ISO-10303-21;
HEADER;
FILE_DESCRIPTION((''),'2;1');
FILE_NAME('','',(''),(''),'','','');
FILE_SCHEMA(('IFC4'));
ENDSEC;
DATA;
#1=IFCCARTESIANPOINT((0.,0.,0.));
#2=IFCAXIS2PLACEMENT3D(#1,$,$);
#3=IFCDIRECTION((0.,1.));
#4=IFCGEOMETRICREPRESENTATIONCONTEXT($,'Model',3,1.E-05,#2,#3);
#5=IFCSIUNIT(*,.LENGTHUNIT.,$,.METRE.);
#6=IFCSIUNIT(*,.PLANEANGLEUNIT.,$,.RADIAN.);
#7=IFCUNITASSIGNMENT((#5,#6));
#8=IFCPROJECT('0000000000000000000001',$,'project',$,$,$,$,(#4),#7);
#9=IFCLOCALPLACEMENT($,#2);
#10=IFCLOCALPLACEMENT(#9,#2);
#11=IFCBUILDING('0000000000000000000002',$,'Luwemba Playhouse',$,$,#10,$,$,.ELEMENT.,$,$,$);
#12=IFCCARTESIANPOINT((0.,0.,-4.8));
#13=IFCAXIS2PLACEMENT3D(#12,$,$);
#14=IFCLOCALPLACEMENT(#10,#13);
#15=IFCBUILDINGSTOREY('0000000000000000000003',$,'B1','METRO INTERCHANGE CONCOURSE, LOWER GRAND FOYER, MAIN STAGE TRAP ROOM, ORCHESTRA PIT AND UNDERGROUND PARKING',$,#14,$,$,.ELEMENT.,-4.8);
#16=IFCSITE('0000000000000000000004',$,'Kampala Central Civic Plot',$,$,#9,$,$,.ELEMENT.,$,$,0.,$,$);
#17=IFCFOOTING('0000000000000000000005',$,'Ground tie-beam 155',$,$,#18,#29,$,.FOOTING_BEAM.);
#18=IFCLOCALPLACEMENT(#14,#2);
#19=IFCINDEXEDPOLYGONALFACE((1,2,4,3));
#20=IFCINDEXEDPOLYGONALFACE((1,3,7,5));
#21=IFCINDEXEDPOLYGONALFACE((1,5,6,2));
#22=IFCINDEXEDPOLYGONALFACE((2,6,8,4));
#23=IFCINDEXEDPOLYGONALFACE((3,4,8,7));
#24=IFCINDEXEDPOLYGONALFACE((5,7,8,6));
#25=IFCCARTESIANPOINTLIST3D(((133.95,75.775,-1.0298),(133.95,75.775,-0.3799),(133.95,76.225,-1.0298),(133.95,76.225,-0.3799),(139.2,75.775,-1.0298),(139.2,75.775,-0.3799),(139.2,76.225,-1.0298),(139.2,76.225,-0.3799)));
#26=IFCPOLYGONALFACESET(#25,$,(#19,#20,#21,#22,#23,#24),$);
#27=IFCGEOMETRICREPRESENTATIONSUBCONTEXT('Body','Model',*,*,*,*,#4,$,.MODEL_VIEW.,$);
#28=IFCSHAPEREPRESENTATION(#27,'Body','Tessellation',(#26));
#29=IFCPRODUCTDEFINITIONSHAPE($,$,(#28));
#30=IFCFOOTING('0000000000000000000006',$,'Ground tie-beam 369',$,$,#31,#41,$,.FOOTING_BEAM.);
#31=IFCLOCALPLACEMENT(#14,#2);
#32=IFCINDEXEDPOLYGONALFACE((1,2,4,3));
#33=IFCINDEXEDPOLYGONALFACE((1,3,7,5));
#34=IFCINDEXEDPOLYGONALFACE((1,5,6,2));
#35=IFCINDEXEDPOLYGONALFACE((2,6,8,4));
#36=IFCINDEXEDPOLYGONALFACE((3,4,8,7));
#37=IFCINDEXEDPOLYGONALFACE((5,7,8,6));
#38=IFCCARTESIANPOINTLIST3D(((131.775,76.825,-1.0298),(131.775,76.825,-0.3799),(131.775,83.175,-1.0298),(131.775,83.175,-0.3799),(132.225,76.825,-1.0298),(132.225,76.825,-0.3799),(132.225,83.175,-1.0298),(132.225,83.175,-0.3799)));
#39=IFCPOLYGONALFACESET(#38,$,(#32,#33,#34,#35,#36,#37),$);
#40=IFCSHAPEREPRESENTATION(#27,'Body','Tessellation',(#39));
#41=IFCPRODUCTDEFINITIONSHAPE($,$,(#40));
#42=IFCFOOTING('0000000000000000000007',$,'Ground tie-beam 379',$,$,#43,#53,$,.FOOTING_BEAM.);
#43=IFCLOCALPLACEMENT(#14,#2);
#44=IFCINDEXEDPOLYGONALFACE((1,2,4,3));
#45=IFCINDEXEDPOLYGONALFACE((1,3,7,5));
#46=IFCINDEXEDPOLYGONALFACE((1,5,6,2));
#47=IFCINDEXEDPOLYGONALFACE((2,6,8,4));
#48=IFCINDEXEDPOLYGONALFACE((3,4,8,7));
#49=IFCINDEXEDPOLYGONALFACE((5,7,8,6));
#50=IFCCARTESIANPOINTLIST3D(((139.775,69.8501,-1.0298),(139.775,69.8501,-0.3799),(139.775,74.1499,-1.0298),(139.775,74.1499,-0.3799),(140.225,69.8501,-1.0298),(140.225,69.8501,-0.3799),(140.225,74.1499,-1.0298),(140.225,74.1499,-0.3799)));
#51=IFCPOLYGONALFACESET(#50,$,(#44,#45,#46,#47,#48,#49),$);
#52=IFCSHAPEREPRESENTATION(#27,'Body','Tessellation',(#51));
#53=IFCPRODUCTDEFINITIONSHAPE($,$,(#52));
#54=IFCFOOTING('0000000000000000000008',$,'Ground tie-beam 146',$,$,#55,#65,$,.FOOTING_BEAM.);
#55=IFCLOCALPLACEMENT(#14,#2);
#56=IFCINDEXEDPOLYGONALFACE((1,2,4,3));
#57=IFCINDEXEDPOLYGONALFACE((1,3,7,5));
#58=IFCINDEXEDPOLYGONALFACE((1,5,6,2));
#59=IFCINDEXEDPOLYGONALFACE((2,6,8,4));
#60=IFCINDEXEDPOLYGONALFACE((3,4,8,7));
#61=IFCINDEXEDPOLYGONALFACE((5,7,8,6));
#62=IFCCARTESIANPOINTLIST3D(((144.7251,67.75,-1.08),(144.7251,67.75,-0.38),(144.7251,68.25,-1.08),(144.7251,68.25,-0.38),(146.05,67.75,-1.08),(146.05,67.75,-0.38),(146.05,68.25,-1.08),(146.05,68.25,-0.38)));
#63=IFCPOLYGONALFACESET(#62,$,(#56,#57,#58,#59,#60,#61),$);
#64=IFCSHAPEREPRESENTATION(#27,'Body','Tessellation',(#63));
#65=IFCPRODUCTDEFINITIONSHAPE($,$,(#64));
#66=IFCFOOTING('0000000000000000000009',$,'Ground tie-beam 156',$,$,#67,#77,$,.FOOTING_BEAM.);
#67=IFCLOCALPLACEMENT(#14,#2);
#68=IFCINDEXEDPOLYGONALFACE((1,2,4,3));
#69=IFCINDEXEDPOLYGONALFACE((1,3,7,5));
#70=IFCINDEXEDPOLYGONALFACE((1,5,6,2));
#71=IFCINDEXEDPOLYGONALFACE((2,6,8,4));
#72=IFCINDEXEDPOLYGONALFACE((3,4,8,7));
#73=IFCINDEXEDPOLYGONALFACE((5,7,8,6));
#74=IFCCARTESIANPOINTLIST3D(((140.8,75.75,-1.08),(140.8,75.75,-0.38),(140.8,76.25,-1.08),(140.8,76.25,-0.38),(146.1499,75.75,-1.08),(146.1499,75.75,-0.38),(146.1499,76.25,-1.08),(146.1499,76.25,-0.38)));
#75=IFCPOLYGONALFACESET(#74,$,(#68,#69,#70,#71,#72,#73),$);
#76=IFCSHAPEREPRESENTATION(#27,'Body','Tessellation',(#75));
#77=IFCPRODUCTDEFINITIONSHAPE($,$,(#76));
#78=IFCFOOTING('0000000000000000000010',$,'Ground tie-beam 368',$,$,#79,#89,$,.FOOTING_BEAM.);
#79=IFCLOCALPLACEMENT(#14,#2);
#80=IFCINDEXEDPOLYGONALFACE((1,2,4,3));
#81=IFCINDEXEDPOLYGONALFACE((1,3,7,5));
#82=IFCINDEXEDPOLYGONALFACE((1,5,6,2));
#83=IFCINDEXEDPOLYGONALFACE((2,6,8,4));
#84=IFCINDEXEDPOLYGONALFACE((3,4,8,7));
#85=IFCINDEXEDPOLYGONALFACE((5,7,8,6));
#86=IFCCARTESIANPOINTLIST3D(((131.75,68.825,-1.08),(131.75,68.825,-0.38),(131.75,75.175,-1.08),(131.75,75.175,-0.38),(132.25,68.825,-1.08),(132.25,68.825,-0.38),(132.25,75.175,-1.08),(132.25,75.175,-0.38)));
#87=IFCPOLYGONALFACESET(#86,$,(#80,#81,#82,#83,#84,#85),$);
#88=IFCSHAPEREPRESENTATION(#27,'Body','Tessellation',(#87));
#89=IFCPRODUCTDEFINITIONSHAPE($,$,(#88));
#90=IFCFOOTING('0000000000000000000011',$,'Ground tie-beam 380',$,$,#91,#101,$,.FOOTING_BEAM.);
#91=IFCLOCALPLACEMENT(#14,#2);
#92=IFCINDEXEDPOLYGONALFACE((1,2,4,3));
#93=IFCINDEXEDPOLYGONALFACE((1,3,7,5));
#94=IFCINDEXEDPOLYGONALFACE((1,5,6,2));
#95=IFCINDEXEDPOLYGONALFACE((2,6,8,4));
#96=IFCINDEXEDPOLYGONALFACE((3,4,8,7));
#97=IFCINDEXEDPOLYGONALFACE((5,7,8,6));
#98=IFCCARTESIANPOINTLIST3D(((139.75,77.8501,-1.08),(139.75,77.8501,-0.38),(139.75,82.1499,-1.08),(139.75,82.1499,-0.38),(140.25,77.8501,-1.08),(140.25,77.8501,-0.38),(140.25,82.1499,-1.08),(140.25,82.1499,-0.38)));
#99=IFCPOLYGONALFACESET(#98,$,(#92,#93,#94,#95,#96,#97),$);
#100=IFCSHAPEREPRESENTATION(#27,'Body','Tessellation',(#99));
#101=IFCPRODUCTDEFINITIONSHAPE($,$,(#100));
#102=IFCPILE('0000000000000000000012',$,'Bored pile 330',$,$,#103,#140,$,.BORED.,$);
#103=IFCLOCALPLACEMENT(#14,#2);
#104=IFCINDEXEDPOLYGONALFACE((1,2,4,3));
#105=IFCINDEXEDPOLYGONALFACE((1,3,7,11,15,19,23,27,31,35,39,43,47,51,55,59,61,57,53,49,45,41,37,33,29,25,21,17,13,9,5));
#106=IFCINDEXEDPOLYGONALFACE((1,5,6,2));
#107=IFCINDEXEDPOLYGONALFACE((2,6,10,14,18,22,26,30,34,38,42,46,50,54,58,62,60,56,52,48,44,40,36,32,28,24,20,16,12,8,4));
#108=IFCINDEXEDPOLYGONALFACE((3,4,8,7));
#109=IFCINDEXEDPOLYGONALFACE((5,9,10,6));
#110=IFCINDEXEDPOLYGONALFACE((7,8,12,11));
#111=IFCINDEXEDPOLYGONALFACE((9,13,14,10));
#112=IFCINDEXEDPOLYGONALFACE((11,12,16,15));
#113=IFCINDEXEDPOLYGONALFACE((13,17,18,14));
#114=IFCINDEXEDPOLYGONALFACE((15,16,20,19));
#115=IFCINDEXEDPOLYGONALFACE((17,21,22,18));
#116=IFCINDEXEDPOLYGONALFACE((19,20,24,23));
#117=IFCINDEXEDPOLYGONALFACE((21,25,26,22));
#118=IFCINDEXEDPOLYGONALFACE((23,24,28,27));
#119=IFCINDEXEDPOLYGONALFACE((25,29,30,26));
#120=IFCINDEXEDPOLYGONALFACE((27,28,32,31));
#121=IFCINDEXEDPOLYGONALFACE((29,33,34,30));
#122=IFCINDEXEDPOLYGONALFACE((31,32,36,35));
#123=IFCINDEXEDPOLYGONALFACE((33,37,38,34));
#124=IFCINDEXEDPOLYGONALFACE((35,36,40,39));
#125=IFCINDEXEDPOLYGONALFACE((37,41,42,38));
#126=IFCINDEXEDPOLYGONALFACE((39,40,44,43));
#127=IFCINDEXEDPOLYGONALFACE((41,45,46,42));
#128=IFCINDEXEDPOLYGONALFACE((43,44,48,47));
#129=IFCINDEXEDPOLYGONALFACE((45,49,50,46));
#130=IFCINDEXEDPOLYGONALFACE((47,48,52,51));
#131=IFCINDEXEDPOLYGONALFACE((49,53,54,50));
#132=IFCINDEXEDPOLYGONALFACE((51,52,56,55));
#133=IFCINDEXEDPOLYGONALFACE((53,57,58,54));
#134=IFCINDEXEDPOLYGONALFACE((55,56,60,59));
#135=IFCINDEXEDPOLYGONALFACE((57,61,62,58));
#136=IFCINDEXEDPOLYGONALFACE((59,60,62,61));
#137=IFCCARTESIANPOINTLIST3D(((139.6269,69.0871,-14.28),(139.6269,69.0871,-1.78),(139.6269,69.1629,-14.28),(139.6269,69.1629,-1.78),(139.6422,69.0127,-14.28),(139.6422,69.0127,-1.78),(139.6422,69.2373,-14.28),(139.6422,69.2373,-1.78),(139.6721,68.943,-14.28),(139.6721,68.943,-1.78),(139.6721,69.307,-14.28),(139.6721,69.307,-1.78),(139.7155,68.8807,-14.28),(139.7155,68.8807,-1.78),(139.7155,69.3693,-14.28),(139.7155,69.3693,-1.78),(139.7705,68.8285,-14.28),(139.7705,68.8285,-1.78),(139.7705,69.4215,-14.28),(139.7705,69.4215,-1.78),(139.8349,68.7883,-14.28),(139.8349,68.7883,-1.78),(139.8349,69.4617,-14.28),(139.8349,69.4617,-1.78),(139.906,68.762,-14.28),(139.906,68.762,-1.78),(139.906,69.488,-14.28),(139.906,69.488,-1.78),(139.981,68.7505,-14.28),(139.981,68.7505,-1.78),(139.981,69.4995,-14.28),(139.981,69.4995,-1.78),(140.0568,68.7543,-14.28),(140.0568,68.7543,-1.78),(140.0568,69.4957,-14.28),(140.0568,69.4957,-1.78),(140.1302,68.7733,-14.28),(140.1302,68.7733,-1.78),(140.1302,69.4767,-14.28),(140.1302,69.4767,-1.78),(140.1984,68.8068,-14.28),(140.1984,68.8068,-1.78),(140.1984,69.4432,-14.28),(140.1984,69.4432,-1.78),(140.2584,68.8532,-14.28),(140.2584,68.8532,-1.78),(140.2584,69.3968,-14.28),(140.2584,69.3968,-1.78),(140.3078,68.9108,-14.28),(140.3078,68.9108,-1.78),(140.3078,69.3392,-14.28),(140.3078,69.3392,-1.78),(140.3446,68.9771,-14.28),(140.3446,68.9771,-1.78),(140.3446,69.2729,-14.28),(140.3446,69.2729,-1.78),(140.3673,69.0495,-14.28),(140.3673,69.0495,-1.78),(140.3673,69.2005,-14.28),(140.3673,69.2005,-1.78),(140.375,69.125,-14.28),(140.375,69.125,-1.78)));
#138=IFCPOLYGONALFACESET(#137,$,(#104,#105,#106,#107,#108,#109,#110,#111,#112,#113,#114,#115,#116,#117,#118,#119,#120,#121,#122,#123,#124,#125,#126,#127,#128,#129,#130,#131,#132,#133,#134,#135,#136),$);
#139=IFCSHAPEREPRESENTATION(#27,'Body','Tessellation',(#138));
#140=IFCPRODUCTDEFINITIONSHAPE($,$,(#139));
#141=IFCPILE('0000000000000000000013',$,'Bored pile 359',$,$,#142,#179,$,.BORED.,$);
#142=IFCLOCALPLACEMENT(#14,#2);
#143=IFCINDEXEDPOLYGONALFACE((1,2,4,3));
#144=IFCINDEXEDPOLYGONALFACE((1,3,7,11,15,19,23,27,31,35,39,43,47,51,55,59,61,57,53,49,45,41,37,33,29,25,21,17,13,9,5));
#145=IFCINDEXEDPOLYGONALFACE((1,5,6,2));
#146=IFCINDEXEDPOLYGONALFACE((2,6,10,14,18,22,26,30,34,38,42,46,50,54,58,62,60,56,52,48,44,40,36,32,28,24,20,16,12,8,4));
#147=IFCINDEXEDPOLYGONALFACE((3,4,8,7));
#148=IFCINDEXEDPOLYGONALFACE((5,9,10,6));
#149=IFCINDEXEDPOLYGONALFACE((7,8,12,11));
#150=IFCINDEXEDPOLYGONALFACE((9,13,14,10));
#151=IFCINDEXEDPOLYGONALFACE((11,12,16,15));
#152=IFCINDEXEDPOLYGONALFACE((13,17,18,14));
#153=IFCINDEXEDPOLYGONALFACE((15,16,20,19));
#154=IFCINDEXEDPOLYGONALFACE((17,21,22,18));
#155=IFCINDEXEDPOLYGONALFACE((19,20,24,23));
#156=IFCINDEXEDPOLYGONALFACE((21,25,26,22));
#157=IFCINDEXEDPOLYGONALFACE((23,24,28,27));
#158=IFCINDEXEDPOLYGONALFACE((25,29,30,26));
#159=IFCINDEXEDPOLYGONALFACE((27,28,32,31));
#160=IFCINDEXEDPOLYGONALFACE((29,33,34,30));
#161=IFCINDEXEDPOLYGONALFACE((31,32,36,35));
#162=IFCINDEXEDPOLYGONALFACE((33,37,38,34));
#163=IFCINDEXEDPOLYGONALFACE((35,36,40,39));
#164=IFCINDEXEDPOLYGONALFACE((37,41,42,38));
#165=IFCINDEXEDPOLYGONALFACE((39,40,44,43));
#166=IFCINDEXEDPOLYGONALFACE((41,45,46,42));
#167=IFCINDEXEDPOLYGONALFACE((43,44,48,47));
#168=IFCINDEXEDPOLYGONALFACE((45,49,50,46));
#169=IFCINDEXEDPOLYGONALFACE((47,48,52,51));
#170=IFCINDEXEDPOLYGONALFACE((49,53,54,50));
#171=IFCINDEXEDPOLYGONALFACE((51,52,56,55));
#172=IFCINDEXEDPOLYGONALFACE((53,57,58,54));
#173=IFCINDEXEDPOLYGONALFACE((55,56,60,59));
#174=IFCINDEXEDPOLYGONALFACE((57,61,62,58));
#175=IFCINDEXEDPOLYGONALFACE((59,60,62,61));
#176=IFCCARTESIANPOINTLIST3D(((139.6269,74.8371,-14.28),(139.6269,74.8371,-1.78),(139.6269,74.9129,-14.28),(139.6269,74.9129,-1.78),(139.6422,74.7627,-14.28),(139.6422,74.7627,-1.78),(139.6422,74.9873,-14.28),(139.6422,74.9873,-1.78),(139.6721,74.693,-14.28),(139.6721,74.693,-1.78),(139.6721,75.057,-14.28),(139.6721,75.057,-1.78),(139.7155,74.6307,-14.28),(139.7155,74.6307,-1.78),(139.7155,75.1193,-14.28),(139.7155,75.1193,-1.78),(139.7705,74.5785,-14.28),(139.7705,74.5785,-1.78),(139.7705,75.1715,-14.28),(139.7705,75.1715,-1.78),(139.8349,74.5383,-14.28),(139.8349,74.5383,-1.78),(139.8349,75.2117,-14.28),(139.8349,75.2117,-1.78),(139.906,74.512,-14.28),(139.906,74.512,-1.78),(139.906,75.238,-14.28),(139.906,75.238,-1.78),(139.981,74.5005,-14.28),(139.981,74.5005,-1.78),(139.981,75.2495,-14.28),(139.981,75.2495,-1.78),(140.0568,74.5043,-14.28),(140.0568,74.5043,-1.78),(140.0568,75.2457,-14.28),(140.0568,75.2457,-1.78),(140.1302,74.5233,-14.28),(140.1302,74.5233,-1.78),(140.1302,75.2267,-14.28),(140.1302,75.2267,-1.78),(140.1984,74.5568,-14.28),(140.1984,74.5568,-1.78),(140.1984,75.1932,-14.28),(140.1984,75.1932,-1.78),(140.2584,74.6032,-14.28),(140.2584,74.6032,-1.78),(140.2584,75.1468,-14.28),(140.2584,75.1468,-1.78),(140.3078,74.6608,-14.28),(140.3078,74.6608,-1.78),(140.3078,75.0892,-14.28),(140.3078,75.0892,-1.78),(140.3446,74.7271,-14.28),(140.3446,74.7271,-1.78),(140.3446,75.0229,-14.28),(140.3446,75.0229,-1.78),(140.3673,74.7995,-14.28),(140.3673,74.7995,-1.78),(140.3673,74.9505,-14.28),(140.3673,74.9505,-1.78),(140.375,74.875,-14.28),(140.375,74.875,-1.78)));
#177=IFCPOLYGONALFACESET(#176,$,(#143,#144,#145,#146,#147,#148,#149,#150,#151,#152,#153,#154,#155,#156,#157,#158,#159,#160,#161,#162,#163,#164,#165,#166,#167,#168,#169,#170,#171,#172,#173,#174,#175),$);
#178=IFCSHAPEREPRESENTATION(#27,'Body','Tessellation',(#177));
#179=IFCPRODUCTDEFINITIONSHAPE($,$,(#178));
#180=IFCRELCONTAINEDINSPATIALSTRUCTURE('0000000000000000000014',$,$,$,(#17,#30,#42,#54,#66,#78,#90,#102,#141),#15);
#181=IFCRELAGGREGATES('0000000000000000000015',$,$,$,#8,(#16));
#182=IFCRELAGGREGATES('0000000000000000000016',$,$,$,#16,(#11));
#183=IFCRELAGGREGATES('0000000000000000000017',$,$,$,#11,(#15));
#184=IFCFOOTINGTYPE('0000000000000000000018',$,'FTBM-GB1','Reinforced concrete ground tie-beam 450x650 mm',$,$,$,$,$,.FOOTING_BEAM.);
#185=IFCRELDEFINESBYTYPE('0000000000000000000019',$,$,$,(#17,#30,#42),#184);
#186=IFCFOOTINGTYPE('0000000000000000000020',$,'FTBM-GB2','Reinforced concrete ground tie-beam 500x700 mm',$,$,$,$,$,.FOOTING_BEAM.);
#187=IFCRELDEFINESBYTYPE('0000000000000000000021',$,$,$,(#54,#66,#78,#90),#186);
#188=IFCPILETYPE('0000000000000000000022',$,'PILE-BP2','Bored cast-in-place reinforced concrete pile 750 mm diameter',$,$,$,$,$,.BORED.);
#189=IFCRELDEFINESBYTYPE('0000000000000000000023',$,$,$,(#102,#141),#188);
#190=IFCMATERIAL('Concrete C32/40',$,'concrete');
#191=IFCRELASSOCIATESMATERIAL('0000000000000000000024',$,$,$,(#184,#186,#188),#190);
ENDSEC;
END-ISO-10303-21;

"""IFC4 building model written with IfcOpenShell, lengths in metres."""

from ifc_helpers import new_model, si_unit, direction, frame, origin, origin_2d, place, context, subcontext, project, spatial, rectangle, circle, extrude, material, material_profile, profile_set, type_object, element, save


model = new_model("IFC4")

# Units and contexts
model_context = context("Model", 3, precision=1e-05, world=origin(), true_north=direction((0.0, 1.0)))
body_context = subcontext(model_context, "Body", "Model", "MODEL_VIEW")
ifc_project = project(units=[si_unit("LENGTHUNIT", "METRE"), si_unit("PLANEANGLEUNIT", "RADIAN")], contexts=[model_context])

# Site, building, storey
site_placement = place(None, origin())
site = spatial("IfcSite", under=ifc_project, at=site_placement, Name="Kampala Central Civic Plot", CompositionType="ELEMENT", RefElevation=0.0)
building_placement = place(site_placement, origin())
building = spatial("IfcBuilding", under=site, at=building_placement, Name="Luwemba Playhouse", CompositionType="ELEMENT")
storey_placement = place(building_placement, frame((0.0, 0.0, -4.8)))
storey = spatial("IfcBuildingStorey", under=building, at=storey_placement, Name="B1", Description="METRO INTERCHANGE CONCOURSE, LOWER GRAND FOYER, MAIN STAGE TRAP ROOM, ORCHESTRA PIT AND UNDERGROUND PARKING", CompositionType="ELEMENT", Elevation=-4.8)

# Footings
ifc_material_1 = material(Name="Concrete C32/40", Category="concrete")
ifc_material_profile_1 = material_profile(ifc_material_1, rectangle(XDim=0.45, YDim=0.6499, at=origin_2d()))
ifc_profile_set_1 = profile_set([ifc_material_profile_1], Name="Concrete C32/40")
footing_type_1 = type_object("IfcFootingType", Name="FTBM-GB1", Description="Reinforced concrete ground tie-beam 450x650 mm", PredefinedType="FOOTING_BEAM", material=ifc_profile_set_1)
footing_1_placement = place(storey_placement, frame((133.95, 76.0, -0.7048), z_axis=(1.0, 0.0, 0.0), x_axis=(0.0, 1.0, 0.0)))
element("IfcFooting", 1, at=footing_1_placement, inside=storey, type_object=footing_type_1, Name="Ground tie-beam 155", PredefinedType="FOOTING_BEAM", context=body_context, shape_type="SweptSolid", body=[
    extrude(rectangle(XDim=0.45, YDim=0.6499, at=origin_2d()), origin(), (0.0, 0.0, 1.0), 5.25),
])
footing_2_placement = place(storey_placement, frame((132.0, 76.825, -0.7048), z_axis=(0.0, 1.0, 0.0), x_axis=(-1.0, 0.0, 0.0)))
element("IfcFooting", 2, at=footing_2_placement, inside=storey, type_object=footing_type_1, Name="Ground tie-beam 369", PredefinedType="FOOTING_BEAM", context=body_context, shape_type="SweptSolid", body=[
    extrude(rectangle(XDim=0.45, YDim=0.6499, at=origin_2d()), origin(), (0.0, 0.0, 1.0), 6.3501),
])
footing_3_placement = place(storey_placement, frame((140.0, 69.8501, -0.7048), z_axis=(0.0, 1.0, 0.0), x_axis=(-1.0, 0.0, 0.0)))
element("IfcFooting", 3, at=footing_3_placement, inside=storey, type_object=footing_type_1, Name="Ground tie-beam 379", PredefinedType="FOOTING_BEAM", context=body_context, shape_type="SweptSolid", body=[
    extrude(rectangle(XDim=0.45, YDim=0.6499, at=origin_2d()), origin(), (0.0, 0.0, 1.0), 4.2998),
])
ifc_material_profile_2 = material_profile(ifc_material_1, rectangle(XDim=0.5, YDim=0.7, at=origin_2d()))
ifc_profile_set_2 = profile_set([ifc_material_profile_2], Name="Concrete C32/40")
footing_type_2 = type_object("IfcFootingType", Name="FTBM-GB2", Description="Reinforced concrete ground tie-beam 500x700 mm", PredefinedType="FOOTING_BEAM", material=ifc_profile_set_2)
footing_4_placement = place(storey_placement, frame((144.7251, 68.0, -0.73), z_axis=(1.0, 0.0, 0.0), x_axis=(0.0, 1.0, 0.0)))
element("IfcFooting", 4, at=footing_4_placement, inside=storey, type_object=footing_type_2, Name="Ground tie-beam 146", PredefinedType="FOOTING_BEAM", context=body_context, shape_type="SweptSolid", body=[
    extrude(rectangle(XDim=0.5, YDim=0.7, at=origin_2d()), origin(), (0.0, 0.0, 1.0), 1.325),
])
footing_5_placement = place(storey_placement, frame((140.8, 76.0, -0.73), z_axis=(1.0, 0.0, 0.0), x_axis=(0.0, 1.0, 0.0)))
element("IfcFooting", 5, at=footing_5_placement, inside=storey, type_object=footing_type_2, Name="Ground tie-beam 156", PredefinedType="FOOTING_BEAM", context=body_context, shape_type="SweptSolid", body=[
    extrude(rectangle(XDim=0.5, YDim=0.7, at=origin_2d()), origin(), (0.0, 0.0, 1.0), 5.3499),
])
footing_6_placement = place(storey_placement, frame((132.0, 68.825, -0.73), z_axis=(0.0, 1.0, 0.0), x_axis=(-1.0, 0.0, 0.0)))
element("IfcFooting", 6, at=footing_6_placement, inside=storey, type_object=footing_type_2, Name="Ground tie-beam 368", PredefinedType="FOOTING_BEAM", context=body_context, shape_type="SweptSolid", body=[
    extrude(rectangle(XDim=0.5, YDim=0.7, at=origin_2d()), origin(), (0.0, 0.0, 1.0), 6.3501),
])
footing_7_placement = place(storey_placement, frame((140.0, 77.8501, -0.73), z_axis=(0.0, 1.0, 0.0), x_axis=(-1.0, 0.0, 0.0)))
element("IfcFooting", 7, at=footing_7_placement, inside=storey, type_object=footing_type_2, Name="Ground tie-beam 380", PredefinedType="FOOTING_BEAM", context=body_context, shape_type="SweptSolid", body=[
    extrude(rectangle(XDim=0.5, YDim=0.7, at=origin_2d()), origin(), (0.0, 0.0, 1.0), 4.2998),
])

# Piles
ifc_material_profile_3 = material_profile(ifc_material_1, circle(Radius=0.375, at=origin_2d()))
ifc_profile_set_3 = profile_set([ifc_material_profile_3], Name="Concrete C32/40")
pile_type_1 = type_object("IfcPileType", Name="PILE-BP2", Description="Bored cast-in-place reinforced concrete pile 750 mm diameter", PredefinedType="BORED", material=ifc_profile_set_3)
for number, where, z_axis, x_axis, name in (
    (8, (140.0, 69.125, -1.78), (0.0, 0.0, -1.0), (1.0, 0.0, 0.0), "Bored pile 330"),
    (9, (140.0, 74.875, -1.78), (0.0, 0.0, -1.0), (1.0, 0.0, 0.0), "Bored pile 359"),
):
    element("IfcPile", number, at=place(storey_placement, frame(where, z_axis=z_axis, x_axis=x_axis)), inside=storey, type_object=pile_type_1, Name=name, PredefinedType="BORED", context=body_context, shape_type="SweptSolid", body=[
        extrude(circle(Radius=0.375, at=origin_2d()), origin(), (0.0, 0.0, 1.0), 12.5),
    ])

save(model, "model.ifc")
